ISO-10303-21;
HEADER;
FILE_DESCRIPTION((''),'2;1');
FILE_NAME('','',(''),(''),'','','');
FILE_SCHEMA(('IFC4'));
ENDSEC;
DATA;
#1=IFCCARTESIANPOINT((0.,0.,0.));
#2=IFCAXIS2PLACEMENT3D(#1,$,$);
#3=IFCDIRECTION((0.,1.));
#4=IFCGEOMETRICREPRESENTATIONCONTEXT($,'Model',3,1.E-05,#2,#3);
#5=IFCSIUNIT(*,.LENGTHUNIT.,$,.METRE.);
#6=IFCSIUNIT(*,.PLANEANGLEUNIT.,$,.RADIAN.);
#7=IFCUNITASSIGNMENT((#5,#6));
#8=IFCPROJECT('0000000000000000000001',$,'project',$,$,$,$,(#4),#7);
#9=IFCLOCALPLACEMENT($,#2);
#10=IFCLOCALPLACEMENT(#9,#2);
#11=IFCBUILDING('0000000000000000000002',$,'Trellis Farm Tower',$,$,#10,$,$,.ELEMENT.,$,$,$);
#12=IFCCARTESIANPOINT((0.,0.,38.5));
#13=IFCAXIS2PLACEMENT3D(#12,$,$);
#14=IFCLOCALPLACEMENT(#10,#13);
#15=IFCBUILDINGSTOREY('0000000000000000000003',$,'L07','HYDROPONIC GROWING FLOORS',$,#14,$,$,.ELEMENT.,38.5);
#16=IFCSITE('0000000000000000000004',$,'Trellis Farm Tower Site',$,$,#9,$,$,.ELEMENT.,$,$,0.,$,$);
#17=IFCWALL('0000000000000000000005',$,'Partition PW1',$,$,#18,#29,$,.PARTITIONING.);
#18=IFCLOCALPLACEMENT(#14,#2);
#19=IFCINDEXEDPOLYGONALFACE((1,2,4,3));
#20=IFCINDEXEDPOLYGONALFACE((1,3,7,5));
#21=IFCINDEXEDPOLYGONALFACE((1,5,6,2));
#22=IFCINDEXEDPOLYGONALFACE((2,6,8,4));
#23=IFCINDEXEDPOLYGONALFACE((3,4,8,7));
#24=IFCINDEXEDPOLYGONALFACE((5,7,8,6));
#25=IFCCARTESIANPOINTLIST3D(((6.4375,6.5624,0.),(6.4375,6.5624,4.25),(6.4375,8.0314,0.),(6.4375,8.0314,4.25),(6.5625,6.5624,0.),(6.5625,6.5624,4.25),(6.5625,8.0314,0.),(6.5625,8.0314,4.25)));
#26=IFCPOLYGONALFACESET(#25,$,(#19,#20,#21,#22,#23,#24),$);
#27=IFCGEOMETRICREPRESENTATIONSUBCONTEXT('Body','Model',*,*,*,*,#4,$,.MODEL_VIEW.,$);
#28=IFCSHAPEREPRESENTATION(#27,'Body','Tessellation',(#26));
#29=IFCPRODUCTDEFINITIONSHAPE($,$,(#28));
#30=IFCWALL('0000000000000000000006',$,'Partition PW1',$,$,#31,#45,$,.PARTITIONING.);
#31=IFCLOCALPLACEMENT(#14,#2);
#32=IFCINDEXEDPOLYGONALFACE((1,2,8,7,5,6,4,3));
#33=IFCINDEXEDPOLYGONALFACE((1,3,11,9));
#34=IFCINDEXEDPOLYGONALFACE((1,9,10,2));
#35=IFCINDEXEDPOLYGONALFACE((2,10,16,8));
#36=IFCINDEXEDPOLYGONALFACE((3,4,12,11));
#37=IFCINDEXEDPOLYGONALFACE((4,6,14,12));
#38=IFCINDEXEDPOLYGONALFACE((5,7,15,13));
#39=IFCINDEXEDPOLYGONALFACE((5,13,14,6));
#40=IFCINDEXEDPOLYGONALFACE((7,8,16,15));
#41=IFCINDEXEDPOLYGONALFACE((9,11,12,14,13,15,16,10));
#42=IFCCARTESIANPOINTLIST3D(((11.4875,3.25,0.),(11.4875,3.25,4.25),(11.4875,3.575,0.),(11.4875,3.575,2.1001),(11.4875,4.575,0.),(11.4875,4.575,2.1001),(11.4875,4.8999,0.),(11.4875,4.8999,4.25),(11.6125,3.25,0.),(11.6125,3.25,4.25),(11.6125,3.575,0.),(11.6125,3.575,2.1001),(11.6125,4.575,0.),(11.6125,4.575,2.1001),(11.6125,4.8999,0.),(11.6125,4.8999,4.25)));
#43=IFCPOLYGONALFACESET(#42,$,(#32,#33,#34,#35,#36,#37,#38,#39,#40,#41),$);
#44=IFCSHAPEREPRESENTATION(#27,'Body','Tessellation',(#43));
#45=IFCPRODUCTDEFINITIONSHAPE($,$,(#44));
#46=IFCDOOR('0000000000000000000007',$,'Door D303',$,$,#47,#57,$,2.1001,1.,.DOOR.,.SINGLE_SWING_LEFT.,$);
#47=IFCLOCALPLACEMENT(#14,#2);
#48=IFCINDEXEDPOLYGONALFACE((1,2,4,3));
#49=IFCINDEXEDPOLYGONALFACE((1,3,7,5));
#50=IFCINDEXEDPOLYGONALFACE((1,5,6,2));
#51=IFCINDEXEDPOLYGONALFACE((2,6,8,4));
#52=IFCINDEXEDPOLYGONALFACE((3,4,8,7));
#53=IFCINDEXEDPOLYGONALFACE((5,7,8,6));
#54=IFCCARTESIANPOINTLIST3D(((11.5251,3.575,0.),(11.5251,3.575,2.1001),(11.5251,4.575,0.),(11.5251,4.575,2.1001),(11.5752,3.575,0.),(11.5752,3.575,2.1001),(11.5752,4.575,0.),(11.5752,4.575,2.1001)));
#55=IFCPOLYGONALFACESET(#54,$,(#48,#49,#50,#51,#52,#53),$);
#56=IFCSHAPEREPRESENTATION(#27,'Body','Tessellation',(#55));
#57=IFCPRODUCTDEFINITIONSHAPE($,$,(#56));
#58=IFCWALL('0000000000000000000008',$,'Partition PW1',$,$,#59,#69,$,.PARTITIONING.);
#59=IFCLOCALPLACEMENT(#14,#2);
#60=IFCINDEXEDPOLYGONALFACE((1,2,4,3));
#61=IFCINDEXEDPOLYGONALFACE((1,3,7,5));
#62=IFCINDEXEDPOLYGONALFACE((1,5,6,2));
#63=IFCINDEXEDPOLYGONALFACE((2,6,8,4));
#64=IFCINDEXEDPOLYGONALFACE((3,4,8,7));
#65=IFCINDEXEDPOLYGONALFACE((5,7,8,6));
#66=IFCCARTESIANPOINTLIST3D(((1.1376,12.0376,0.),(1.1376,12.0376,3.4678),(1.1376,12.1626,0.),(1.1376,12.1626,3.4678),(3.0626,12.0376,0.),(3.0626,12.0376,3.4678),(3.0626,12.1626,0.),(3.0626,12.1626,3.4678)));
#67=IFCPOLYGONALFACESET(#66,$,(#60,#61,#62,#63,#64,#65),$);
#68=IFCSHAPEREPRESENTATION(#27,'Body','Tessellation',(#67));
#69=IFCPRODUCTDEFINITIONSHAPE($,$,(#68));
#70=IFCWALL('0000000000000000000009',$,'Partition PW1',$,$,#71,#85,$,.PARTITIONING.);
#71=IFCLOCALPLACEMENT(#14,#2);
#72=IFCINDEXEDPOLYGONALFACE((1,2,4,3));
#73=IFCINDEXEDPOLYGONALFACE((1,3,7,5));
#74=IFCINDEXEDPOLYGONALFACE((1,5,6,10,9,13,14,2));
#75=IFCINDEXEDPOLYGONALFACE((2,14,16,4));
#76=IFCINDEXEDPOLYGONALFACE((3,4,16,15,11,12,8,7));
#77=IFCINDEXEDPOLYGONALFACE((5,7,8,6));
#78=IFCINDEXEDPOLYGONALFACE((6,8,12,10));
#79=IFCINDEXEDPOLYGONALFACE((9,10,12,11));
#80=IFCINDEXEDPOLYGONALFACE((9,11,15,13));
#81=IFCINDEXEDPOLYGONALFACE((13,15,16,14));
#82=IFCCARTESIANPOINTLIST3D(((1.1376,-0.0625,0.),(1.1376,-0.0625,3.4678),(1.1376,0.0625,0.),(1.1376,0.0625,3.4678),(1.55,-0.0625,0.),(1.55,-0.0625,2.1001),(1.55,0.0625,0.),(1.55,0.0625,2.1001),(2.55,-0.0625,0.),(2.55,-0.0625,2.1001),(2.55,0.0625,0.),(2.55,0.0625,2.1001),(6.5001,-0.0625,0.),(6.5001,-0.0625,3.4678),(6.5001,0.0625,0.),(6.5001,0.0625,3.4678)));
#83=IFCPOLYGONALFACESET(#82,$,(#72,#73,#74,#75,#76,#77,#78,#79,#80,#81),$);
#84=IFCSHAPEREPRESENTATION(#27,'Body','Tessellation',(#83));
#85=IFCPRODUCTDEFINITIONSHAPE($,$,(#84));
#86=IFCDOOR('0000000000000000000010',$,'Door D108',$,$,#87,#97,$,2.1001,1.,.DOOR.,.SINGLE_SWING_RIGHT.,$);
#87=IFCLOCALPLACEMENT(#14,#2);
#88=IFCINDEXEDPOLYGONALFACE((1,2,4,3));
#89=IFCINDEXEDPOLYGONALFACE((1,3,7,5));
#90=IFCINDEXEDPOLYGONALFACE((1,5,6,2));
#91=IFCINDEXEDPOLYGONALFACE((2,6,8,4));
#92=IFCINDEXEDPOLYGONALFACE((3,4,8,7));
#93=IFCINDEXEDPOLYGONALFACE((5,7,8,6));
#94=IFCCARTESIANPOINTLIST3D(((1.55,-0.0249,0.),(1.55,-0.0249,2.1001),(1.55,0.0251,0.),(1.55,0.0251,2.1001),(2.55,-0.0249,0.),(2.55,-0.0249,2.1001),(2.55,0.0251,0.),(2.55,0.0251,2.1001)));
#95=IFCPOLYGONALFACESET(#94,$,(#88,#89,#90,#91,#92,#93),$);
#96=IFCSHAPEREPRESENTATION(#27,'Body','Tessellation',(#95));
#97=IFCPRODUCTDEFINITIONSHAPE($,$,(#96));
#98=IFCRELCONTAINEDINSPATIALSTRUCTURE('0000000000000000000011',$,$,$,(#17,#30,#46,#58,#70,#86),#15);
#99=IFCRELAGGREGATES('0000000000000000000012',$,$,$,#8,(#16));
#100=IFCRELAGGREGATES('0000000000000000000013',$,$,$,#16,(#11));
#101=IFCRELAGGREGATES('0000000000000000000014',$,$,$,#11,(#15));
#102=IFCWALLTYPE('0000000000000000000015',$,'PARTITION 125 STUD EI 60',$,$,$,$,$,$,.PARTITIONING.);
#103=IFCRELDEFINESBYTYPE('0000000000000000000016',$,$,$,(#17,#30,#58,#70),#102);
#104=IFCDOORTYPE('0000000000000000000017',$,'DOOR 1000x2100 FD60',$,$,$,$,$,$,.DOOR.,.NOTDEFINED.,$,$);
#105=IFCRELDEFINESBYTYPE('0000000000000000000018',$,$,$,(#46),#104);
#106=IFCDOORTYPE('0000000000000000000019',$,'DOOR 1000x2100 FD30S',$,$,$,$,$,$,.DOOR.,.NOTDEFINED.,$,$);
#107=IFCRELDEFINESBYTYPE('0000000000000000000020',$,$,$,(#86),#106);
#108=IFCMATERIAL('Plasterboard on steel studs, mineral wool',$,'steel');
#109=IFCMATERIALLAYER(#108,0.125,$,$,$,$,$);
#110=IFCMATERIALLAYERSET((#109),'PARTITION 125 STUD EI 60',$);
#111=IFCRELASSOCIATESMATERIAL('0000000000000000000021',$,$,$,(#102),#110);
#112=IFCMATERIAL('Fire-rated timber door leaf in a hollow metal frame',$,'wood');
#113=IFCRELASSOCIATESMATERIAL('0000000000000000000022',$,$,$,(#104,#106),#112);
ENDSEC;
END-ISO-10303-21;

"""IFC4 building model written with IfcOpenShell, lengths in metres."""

from ifc_helpers import new_model, si_unit, direction, frame, frame_2d, origin, place, context, subcontext, project, spatial, rectangle, extrude, source, transform, mapped, material, layer, layer_set, type_object, element, fill, save


model = new_model("IFC4")

# Units and contexts
model_context = context("Model", 3, precision=1e-05, world=origin(), true_north=direction((0.0, 1.0)))
body_context = subcontext(model_context, "Body", "Model", "MODEL_VIEW")
ifc_project = project(units=[si_unit("LENGTHUNIT", "METRE"), si_unit("PLANEANGLEUNIT", "RADIAN")], contexts=[model_context])

# Site, building, storey
site_placement = place(None, origin())
site = spatial("IfcSite", under=ifc_project, at=site_placement, Name="Trellis Farm Tower Site", CompositionType="ELEMENT", RefElevation=0.0)
building_placement = place(site_placement, origin())
building = spatial("IfcBuilding", under=site, at=building_placement, Name="Trellis Farm Tower", CompositionType="ELEMENT")
storey_placement = place(building_placement, frame((0.0, 0.0, 38.5)))
storey = spatial("IfcBuildingStorey", under=building, at=storey_placement, Name="L07", Description="HYDROPONIC GROWING FLOORS", CompositionType="ELEMENT", Elevation=38.5)

# Wall
ifc_material_1 = material(Name="Plasterboard on steel studs, mineral wool", Category="steel")
ifc_layer_1 = layer(ifc_material_1, 0.125)
ifc_layer_set_1 = layer_set([ifc_layer_1], Name="PARTITION 125 STUD EI 60")
wall_type_1 = type_object("IfcWallType", Name="PARTITION 125 STUD EI 60", PredefinedType="PARTITIONING", material=ifc_layer_set_1)
shared_shape_1 = source(origin(), body_context, "Body", "SweptSolid", [
    extrude(rectangle(XDim=1.469, YDim=0.125, at=frame_2d((0.7344, 0.0))), origin(), (0.0, 0.0, 1.0), 4.25),
])
wall_1_placement = place(storey_placement, frame((6.5, 6.5625, 0.0), z_axis=(0.0, 0.0, 1.0), x_axis=(0.0, 1.0, 0.0)))
element("IfcWall", 1, at=wall_1_placement, inside=storey, type_object=wall_type_1, Name="Partition PW1", PredefinedType="PARTITIONING", context=body_context, shape_type="MappedRepresentation", body=[
    mapped(shared_shape_1, transform((0.0, 0.0, 0.0))),
])

# Wall, opening, door
shared_shape_2 = source(origin(), body_context, "Body", "SweptSolid", [
    extrude(rectangle(XDim=1.6499, YDim=0.125, at=frame_2d((0.825, 0.0))), origin(), (0.0, 0.0, 1.0), 4.25),
])
wall_2_placement = place(storey_placement, frame((11.55, 3.25, 0.0), z_axis=(0.0, 0.0, 1.0), x_axis=(0.0, 1.0, 0.0)))
wall_2 = element("IfcWall", 2, at=wall_2_placement, inside=storey, type_object=wall_type_1, Name="Partition PW1", PredefinedType="PARTITIONING", context=body_context, shape_type="MappedRepresentation", body=[
    mapped(shared_shape_2, transform((0.0, 0.0, 0.0))),
])
shared_shape_3 = source(origin(), body_context, "Body", "SweptSolid", [
    extrude(rectangle(XDim=1.0, YDim=2.1001, at=frame_2d((0.5, 1.05))), frame((0.0, 0.0725, 0.0), z_axis=(0.0, -1.0, 0.0), x_axis=(1.0, 0.0, 0.0)), (0.0, 0.0, 1.0), 0.145),
])
opening_1_placement = place(wall_2_placement, frame((0.325, 0.0, 0.0)))
opening_1 = element("IfcOpeningElement", 3, at=opening_1_placement, cuts=wall_2, PredefinedType="OPENING", context=body_context, shape_type="MappedRepresentation", body=[
    mapped(shared_shape_3, transform((0.0, 0.0, 0.0))),
])
ifc_material_2 = material(Name="Fire-rated timber door leaf in a hollow metal frame", Category="wood")
door_type_1 = type_object("IfcDoorType", Name="DOOR 1000x2100 FD60", OperationType="NOTDEFINED", PredefinedType="DOOR", material=ifc_material_2)
shared_shape_4 = source(origin(), body_context, "Body", "SweptSolid", [
    extrude(rectangle(XDim=1.0, YDim=2.1001, at=frame_2d((0.5, 1.05))), frame((0.0, 0.0249, 0.0), z_axis=(0.0, -1.0, 0.0), x_axis=(1.0, 0.0, 0.0)), (0.0, 0.0, 1.0), 0.05),
])
door_1_placement = place(opening_1_placement, origin())
door_1 = element("IfcDoor", 4, at=door_1_placement, inside=storey, type_object=door_type_1, Name="Door D303", OperationType="SINGLE_SWING_LEFT", OverallHeight=2.1001, OverallWidth=1.0, PredefinedType="DOOR", context=body_context, shape_type="MappedRepresentation", body=[
    mapped(shared_shape_4, transform((0.0, 0.0, 0.0))),
])
fill(opening_1, door_1)

# Wall
shared_shape_5 = source(origin(), body_context, "Body", "SweptSolid", [
    extrude(rectangle(XDim=1.925, YDim=0.125, at=frame_2d((0.9624, 0.0))), origin(), (0.0, 0.0, 1.0), 3.4678),
])
wall_3_placement = place(storey_placement, frame((3.0625, 12.1001, 0.0), z_axis=(0.0, 0.0, 1.0), x_axis=(-1.0, 0.0, 0.0)))
element("IfcWall", 5, at=wall_3_placement, inside=storey, type_object=wall_type_1, Name="Partition PW1", PredefinedType="PARTITIONING", context=body_context, shape_type="MappedRepresentation", body=[
    mapped(shared_shape_5, transform((0.0, 0.0, 0.0))),
])

# Wall, opening, door
shared_shape_6 = source(origin(), body_context, "Body", "SweptSolid", [
    extrude(rectangle(XDim=5.3625, YDim=0.125, at=frame_2d((2.6812, 0.0))), origin(), (0.0, 0.0, 1.0), 3.4678),
])
wall_4_placement = place(storey_placement, frame((6.5, 0.0, 0.0), z_axis=(0.0, 0.0, 1.0), x_axis=(-1.0, 0.0, 0.0)))
wall_4 = element("IfcWall", 6, at=wall_4_placement, inside=storey, type_object=wall_type_1, Name="Partition PW1", PredefinedType="PARTITIONING", context=body_context, shape_type="MappedRepresentation", body=[
    mapped(shared_shape_6, transform((0.0, 0.0, 0.0))),
])
opening_2_placement = place(wall_4_placement, frame((3.95, 0.0, 0.0)))
opening_2 = element("IfcOpeningElement", 7, at=opening_2_placement, cuts=wall_4, PredefinedType="OPENING", context=body_context, shape_type="MappedRepresentation", body=[
    mapped(shared_shape_3, transform((0.0, 0.0, 0.0))),
])
door_type_2 = type_object("IfcDoorType", Name="DOOR 1000x2100 FD30S", OperationType="NOTDEFINED", PredefinedType="DOOR", material=ifc_material_2)
door_2_placement = place(opening_2_placement, origin())
door_2 = element("IfcDoor", 8, at=door_2_placement, inside=storey, type_object=door_type_2, Name="Door D108", OperationType="SINGLE_SWING_RIGHT", OverallHeight=2.1001, OverallWidth=1.0, PredefinedType="DOOR", context=body_context, shape_type="MappedRepresentation", body=[
    mapped(shared_shape_4, transform((0.0, 0.0, 0.0))),
])
fill(opening_2, door_2)

save(model, "model.ifc")
